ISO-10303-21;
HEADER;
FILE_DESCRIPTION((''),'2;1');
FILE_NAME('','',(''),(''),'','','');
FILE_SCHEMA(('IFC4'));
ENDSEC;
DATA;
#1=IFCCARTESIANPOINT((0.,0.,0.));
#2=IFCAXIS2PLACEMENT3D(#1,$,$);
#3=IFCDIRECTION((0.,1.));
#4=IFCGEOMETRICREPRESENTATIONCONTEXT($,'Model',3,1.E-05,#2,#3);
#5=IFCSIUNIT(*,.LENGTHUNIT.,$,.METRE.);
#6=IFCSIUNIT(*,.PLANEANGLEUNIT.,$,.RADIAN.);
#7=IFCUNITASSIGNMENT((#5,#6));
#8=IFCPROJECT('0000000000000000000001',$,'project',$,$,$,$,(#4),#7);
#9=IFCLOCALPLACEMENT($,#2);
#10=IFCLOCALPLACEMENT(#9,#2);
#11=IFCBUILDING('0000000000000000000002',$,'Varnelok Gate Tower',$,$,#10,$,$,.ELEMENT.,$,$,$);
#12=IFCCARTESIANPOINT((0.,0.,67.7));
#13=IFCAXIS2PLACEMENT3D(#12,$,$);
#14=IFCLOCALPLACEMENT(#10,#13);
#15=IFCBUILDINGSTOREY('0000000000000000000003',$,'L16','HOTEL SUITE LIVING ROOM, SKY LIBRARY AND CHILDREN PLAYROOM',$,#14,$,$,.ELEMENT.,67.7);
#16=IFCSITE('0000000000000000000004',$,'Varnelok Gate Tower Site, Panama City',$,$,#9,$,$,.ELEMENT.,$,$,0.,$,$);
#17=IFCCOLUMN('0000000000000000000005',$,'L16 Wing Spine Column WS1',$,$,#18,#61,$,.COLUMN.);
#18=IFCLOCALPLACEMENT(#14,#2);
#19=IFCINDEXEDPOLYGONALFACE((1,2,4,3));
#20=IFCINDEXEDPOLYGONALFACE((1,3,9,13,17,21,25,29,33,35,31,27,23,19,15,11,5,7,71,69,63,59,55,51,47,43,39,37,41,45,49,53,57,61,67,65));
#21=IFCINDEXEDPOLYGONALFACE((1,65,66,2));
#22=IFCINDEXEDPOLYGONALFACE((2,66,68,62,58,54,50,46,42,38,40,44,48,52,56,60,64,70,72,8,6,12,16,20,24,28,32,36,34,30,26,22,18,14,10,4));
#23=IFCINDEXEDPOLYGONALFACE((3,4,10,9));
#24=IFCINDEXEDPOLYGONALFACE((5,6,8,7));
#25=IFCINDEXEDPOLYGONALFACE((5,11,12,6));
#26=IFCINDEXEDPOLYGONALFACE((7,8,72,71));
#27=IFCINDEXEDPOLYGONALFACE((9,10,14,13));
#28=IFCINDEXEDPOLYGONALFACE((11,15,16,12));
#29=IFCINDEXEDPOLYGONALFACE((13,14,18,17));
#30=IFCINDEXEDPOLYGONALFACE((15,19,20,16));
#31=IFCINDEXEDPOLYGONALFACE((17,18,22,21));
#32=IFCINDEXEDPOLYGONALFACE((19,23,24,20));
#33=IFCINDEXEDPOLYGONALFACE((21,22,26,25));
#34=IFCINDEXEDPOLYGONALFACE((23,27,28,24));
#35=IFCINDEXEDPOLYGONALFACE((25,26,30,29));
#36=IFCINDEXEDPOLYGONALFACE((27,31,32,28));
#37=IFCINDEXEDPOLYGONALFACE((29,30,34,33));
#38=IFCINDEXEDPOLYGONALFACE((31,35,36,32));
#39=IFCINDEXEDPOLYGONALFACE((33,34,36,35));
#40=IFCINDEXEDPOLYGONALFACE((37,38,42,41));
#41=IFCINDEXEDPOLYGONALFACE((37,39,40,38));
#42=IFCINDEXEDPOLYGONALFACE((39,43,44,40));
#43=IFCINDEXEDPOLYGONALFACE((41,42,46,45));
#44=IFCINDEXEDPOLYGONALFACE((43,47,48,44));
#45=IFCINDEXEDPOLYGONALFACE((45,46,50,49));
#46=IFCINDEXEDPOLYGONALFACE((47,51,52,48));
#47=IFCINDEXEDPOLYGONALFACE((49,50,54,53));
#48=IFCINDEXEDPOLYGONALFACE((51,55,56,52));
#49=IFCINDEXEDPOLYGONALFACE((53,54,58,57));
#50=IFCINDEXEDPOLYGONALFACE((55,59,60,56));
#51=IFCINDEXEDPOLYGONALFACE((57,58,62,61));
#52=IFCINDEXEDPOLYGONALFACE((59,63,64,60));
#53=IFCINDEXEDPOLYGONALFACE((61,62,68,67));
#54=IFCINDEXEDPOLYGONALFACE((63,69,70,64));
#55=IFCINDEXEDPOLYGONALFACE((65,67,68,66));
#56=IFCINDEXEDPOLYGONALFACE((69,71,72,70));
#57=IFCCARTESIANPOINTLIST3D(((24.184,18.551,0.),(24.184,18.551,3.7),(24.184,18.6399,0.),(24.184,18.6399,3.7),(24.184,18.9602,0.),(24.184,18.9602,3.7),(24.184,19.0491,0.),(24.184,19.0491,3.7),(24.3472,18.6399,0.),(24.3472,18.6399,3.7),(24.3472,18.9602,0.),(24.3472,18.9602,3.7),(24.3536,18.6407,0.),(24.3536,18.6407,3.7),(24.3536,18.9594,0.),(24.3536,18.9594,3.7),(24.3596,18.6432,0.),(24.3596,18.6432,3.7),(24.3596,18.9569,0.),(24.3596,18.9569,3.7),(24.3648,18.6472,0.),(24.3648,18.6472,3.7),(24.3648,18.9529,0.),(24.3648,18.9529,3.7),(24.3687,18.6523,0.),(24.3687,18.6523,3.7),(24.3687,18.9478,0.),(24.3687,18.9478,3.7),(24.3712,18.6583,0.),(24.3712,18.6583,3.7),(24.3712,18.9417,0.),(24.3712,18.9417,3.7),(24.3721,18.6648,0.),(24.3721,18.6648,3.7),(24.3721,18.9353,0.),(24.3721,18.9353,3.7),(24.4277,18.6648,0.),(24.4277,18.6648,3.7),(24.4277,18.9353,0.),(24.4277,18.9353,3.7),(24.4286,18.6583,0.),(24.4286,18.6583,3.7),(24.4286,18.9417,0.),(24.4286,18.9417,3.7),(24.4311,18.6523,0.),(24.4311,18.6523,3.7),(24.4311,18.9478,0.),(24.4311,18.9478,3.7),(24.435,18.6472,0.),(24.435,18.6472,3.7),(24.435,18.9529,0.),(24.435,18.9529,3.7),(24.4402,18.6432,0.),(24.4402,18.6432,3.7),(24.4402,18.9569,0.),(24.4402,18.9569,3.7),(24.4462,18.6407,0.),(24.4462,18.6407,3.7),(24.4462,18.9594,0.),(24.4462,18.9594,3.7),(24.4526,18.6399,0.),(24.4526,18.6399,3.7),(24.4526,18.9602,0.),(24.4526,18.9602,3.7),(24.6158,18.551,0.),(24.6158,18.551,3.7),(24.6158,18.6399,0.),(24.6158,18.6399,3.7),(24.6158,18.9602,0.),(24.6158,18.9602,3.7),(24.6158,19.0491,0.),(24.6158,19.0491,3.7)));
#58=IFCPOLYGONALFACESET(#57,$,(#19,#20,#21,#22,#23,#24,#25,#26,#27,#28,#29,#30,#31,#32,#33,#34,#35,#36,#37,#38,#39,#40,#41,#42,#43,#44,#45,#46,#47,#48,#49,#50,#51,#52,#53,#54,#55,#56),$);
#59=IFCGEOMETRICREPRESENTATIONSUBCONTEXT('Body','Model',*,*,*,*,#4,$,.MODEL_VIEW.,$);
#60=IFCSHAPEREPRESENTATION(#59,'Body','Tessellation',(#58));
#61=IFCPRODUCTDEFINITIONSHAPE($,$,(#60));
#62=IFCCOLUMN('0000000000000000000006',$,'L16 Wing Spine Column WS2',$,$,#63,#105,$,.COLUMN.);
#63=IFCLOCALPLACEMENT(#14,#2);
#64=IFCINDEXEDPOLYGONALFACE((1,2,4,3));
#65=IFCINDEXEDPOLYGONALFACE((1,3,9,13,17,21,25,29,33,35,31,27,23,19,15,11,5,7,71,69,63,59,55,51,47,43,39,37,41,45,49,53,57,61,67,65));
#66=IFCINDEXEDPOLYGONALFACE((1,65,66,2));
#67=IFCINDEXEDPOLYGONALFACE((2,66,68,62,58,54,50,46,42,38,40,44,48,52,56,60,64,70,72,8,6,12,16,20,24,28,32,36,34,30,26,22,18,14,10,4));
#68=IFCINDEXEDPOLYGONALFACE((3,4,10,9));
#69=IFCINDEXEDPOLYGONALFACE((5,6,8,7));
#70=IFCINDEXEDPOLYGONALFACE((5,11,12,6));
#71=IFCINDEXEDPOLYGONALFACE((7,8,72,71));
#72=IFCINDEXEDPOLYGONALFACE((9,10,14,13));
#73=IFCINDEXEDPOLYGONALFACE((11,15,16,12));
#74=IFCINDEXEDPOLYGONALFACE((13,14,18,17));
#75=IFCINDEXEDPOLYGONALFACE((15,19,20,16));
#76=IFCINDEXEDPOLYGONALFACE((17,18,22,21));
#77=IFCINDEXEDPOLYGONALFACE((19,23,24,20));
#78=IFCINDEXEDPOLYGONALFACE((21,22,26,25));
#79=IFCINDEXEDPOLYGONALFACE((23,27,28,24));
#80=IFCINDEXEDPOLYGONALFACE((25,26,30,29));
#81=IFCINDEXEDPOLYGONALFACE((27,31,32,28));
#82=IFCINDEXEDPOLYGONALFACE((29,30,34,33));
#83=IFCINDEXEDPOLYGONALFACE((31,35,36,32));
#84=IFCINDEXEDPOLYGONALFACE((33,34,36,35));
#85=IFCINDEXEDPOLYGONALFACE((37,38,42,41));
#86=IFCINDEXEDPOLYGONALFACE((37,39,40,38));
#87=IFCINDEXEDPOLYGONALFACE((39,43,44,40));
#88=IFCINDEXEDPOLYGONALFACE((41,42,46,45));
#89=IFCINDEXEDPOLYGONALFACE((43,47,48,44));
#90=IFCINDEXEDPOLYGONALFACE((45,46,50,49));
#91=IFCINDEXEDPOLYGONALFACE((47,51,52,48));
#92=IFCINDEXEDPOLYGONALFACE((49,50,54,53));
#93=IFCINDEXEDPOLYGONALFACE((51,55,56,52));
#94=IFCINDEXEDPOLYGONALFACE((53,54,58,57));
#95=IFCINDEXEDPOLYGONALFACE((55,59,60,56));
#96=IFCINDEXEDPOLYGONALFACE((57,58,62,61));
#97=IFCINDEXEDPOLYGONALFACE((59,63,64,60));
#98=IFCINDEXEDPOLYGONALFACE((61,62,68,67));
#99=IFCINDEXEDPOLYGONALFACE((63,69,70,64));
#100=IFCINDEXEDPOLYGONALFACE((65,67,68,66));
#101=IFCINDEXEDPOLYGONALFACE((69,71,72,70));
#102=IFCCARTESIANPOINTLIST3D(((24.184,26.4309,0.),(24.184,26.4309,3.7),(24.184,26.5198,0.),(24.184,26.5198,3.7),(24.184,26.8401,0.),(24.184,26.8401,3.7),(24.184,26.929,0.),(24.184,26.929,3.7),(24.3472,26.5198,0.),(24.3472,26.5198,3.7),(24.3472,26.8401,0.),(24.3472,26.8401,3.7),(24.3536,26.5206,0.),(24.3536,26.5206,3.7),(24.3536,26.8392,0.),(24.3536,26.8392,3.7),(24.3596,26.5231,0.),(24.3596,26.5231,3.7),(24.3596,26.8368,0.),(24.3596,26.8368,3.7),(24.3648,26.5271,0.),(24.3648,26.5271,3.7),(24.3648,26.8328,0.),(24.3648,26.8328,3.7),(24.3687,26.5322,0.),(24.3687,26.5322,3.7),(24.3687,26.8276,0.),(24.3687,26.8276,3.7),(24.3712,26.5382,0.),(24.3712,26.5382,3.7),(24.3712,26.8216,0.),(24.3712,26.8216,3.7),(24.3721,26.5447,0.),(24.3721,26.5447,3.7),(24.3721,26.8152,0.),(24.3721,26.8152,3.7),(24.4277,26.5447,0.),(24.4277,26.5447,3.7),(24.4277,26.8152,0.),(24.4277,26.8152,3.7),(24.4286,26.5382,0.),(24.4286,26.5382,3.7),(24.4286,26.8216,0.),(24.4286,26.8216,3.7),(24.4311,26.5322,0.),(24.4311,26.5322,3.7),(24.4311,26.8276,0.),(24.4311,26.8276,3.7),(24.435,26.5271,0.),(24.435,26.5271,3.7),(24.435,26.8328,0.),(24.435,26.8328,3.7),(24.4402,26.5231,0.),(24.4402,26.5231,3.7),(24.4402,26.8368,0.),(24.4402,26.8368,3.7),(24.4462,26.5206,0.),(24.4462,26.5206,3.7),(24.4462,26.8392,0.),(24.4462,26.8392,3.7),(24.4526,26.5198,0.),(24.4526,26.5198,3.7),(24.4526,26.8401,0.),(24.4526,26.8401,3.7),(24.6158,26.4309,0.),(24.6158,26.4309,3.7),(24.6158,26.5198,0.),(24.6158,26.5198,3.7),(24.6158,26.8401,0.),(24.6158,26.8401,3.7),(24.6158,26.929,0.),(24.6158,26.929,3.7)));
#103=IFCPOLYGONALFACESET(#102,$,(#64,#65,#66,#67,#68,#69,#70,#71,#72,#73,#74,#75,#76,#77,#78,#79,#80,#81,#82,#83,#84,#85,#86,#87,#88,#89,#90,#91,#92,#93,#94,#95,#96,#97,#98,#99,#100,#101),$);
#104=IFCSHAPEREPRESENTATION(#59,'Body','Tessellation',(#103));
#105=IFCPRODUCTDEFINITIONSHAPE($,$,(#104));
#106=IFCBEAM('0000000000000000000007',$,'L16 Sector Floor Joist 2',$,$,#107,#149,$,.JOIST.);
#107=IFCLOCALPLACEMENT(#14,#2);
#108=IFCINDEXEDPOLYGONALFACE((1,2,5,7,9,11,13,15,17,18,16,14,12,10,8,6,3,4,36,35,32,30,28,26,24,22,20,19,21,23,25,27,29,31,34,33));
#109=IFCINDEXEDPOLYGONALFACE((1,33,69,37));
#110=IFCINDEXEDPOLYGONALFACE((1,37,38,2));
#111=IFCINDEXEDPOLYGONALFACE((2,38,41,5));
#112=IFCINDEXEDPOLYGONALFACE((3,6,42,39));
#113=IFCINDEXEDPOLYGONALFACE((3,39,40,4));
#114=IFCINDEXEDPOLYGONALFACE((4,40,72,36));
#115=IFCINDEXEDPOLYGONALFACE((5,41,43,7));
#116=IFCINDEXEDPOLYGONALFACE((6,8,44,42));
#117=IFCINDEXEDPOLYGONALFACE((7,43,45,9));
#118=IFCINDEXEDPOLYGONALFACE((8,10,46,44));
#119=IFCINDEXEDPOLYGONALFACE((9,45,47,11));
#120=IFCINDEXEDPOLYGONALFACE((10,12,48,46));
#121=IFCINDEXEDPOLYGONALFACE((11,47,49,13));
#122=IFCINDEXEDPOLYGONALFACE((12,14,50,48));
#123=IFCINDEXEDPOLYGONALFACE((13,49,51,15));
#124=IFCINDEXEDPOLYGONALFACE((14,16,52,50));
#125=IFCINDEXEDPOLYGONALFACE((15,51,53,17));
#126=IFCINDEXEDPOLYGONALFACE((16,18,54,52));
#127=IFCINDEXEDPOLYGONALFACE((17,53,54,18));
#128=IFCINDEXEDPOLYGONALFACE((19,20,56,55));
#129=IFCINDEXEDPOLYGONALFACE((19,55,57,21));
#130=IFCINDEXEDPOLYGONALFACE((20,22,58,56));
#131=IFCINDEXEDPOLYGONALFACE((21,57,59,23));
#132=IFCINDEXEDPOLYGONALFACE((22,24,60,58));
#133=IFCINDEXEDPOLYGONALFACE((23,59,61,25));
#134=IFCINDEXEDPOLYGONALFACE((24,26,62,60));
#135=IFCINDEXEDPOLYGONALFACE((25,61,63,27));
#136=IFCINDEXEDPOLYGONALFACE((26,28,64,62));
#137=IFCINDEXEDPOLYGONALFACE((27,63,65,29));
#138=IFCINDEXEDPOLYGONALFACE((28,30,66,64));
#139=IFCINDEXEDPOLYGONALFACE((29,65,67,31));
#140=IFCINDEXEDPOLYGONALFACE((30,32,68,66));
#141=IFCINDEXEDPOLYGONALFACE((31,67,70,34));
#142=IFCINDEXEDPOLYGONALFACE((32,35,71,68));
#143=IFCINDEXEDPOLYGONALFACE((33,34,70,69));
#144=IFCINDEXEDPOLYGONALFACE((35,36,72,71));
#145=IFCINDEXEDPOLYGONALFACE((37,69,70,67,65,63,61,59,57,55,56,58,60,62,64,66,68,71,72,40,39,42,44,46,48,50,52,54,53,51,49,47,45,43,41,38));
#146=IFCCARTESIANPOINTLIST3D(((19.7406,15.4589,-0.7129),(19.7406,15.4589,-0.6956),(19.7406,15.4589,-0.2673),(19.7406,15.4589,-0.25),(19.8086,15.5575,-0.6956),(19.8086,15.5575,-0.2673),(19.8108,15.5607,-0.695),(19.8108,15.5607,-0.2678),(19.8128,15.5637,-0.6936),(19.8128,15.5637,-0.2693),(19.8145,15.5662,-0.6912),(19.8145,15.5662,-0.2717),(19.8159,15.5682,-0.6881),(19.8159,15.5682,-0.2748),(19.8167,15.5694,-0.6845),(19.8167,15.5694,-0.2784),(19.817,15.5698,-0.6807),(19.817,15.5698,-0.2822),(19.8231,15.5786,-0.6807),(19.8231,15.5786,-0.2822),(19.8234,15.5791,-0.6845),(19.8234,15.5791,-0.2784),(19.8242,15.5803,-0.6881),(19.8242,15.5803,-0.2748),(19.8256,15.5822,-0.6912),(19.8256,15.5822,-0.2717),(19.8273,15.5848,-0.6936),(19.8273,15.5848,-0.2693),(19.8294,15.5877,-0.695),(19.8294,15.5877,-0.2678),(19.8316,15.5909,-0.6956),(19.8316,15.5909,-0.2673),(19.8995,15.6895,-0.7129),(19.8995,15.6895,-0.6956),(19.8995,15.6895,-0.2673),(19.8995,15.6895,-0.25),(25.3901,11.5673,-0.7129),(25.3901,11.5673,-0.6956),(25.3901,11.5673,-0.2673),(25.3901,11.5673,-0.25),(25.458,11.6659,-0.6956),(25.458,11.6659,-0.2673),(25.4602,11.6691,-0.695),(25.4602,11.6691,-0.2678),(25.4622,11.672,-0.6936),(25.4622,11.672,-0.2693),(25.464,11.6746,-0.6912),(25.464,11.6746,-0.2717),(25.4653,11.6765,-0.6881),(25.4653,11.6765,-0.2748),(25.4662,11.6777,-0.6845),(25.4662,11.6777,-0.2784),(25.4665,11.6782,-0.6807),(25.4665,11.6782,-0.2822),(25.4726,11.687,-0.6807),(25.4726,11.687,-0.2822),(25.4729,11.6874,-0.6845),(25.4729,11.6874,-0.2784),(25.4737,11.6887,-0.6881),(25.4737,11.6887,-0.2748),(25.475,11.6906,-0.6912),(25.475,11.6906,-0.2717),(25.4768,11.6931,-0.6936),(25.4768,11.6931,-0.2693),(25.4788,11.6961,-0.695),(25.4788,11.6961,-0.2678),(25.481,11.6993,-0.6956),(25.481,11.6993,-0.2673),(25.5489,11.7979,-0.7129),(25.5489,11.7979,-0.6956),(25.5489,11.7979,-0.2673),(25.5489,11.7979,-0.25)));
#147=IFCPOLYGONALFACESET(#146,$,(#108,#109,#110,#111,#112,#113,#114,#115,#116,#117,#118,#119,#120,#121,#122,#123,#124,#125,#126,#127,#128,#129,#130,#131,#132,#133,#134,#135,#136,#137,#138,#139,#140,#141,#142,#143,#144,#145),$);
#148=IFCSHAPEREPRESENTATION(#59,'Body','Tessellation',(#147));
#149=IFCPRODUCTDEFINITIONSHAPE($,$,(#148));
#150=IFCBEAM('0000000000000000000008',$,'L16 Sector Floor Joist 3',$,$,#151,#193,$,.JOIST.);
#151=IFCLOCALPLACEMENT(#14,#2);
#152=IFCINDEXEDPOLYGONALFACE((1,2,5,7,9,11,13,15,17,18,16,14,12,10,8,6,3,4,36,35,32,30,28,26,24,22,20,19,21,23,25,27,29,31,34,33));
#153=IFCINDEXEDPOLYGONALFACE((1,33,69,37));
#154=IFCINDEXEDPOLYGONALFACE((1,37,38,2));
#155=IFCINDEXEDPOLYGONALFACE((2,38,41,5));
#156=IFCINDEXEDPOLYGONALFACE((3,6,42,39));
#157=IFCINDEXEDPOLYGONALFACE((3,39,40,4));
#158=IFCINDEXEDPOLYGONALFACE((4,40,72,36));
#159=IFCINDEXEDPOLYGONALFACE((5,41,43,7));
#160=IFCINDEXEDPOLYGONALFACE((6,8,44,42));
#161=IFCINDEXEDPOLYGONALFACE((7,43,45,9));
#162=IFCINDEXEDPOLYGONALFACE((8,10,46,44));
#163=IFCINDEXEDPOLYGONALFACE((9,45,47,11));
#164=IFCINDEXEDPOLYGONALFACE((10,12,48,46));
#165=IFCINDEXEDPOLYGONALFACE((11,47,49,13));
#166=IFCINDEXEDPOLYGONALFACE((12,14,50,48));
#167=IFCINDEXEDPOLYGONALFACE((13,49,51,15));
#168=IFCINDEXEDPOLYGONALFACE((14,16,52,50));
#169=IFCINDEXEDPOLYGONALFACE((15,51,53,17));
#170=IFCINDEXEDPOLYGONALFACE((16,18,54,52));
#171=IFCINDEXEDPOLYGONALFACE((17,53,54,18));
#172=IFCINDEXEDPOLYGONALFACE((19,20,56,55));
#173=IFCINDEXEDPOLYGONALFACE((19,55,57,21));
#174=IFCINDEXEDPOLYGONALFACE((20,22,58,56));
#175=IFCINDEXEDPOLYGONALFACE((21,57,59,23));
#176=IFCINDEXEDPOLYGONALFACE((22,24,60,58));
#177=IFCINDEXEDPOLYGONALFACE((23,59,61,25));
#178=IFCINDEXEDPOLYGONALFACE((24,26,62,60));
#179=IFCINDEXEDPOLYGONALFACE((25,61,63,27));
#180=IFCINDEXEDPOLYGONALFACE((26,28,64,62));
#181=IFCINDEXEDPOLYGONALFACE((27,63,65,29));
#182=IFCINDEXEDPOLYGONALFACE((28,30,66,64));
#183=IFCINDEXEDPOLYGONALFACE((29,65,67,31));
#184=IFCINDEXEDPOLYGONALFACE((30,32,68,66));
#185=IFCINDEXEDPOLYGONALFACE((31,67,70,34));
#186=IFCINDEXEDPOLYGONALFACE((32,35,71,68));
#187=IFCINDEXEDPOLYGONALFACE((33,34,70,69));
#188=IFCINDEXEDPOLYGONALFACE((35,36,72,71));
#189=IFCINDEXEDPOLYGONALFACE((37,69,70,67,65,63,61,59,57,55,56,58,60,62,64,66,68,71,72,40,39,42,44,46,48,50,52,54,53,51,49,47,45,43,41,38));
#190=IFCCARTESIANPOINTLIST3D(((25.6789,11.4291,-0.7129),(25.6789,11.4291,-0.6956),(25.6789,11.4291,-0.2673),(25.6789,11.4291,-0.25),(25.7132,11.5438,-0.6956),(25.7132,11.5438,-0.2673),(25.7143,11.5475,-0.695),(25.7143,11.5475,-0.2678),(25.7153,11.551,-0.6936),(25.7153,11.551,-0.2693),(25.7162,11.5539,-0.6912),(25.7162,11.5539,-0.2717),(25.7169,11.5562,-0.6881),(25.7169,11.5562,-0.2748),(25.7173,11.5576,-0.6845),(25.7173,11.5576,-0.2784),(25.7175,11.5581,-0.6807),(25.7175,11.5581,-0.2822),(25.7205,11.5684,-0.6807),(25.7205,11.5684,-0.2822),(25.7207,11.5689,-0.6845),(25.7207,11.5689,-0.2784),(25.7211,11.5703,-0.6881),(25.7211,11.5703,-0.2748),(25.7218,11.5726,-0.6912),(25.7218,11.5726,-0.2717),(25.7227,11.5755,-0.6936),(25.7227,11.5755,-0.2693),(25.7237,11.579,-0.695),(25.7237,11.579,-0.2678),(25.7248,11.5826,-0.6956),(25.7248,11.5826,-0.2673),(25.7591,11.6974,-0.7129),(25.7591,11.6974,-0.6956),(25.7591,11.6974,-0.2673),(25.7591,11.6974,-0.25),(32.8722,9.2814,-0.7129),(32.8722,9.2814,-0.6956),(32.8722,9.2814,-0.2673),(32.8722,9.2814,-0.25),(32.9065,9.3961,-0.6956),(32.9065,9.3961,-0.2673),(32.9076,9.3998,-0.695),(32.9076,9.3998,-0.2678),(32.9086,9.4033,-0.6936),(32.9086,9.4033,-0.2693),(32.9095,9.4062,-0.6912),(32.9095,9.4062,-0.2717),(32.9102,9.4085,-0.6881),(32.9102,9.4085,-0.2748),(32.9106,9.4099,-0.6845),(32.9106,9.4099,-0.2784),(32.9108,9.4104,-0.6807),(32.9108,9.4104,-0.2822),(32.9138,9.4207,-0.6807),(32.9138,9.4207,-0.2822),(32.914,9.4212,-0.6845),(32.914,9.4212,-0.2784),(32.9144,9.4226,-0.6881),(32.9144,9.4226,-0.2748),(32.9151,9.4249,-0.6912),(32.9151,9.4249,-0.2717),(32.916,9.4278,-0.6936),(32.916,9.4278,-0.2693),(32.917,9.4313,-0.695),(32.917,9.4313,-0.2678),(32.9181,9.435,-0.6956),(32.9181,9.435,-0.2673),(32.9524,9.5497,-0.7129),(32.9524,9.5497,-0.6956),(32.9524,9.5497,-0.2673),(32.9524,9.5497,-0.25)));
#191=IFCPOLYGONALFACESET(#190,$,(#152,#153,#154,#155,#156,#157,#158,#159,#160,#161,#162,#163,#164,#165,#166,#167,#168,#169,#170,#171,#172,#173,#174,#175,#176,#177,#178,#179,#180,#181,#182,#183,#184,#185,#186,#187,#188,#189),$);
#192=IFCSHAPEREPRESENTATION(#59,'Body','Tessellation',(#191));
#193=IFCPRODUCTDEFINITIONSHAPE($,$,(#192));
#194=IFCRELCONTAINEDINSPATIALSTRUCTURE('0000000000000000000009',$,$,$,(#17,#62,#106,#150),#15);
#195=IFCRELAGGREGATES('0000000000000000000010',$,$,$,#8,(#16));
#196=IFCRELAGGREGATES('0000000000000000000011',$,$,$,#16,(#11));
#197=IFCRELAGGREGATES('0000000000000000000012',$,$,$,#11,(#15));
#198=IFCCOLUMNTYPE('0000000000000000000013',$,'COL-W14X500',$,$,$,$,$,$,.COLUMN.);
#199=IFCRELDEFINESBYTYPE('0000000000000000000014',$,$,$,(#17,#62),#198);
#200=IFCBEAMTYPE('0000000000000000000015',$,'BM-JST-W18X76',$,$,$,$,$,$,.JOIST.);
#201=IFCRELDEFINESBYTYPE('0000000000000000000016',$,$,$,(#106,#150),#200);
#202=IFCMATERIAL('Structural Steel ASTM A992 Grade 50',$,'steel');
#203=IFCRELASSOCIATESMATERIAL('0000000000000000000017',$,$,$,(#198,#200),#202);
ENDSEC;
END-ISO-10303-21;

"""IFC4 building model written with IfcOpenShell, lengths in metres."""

from ifc_helpers import new_model, si_unit, direction, frame, origin, origin_2d, place, context, subcontext, project, spatial, i_section, extrude, material, material_profile, profile_set, type_object, element, save


model = new_model("IFC4")

# Units and contexts
model_context = context("Model", 3, precision=1e-05, world=origin(), true_north=direction((0.0, 1.0)))
body_context = subcontext(model_context, "Body", "Model", "MODEL_VIEW")
ifc_project = project(units=[si_unit("LENGTHUNIT", "METRE"), si_unit("PLANEANGLEUNIT", "RADIAN")], contexts=[model_context])

# Site, building, storey
site_placement = place(None, origin())
site = spatial("IfcSite", under=ifc_project, at=site_placement, Name="Varnelok Gate Tower Site, Panama City", CompositionType="ELEMENT", RefElevation=0.0)
building_placement = place(site_placement, origin())
building = spatial("IfcBuilding", under=site, at=building_placement, Name="Varnelok Gate Tower", CompositionType="ELEMENT")
storey_placement = place(building_placement, frame((0.0, 0.0, 67.7)))
storey = spatial("IfcBuildingStorey", under=building, at=storey_placement, Name="L16", Description="HOTEL SUITE LIVING ROOM, SKY LIBRARY AND CHILDREN PLAYROOM", CompositionType="ELEMENT", Elevation=67.7)

# Columns
ifc_material_1 = material(Name="Structural Steel ASTM A992 Grade 50", Category="steel")
ifc_material_profile_1 = material_profile(ifc_material_1, i_section(OverallWidth=0.4319, OverallDepth=0.498, WebThickness=0.0557, FlangeThickness=0.0889, FilletRadius=0.0249, at=origin_2d()), Name="W14X500")
ifc_profile_set_1 = profile_set([ifc_material_profile_1], Name="Structural Steel ASTM A992 Grade 50")
column_type = type_object("IfcColumnType", Name="COL-W14X500", PredefinedType="COLUMN", material=ifc_profile_set_1)
for number, where, z_axis, x_axis, name in (
    (1, (24.3999, 18.8, 0.0), (0.0, 0.0, 1.0), (1.0, 0.0, 0.0), "L16 Wing Spine Column WS1"),
    (2, (24.3999, 26.6799, 0.0), (0.0, 0.0, 1.0), (1.0, 0.0, 0.0), "L16 Wing Spine Column WS2"),
):
    element("IfcColumn", number, at=place(storey_placement, frame(where, z_axis=z_axis, x_axis=x_axis)), inside=storey, type_object=column_type, Name=name, PredefinedType="COLUMN", context=body_context, shape_type="SweptSolid", body=[
        extrude(i_section(OverallWidth=0.4319, OverallDepth=0.498, WebThickness=0.0557, FlangeThickness=0.0889, FilletRadius=0.0249, at=origin_2d()), origin(), (0.0, 0.0, 1.0), 3.7),
    ])

# Beams
ifc_material_profile_2 = material_profile(ifc_material_1, i_section(OverallWidth=0.28, OverallDepth=0.4629, WebThickness=0.0107, FlangeThickness=0.0173, FilletRadius=0.0149, at=origin_2d()), Name="W18X76")
ifc_profile_set_2 = profile_set([ifc_material_profile_2], Name="Structural Steel ASTM A992 Grade 50")
beam_type_1 = type_object("IfcBeamType", Name="BM-JST-W18X76", PredefinedType="JOIST", material=ifc_profile_set_2)
beam_1_placement = place(storey_placement, frame((19.8201, 15.5742, -0.4814), z_axis=(0.823522, -0.567284, 0.0), x_axis=(0.567284, 0.823522, 0.0)))
element("IfcBeam", 3, at=beam_1_placement, inside=storey, type_object=beam_type_1, Name="L16 Sector Floor Joist 2", PredefinedType="JOIST", context=body_context, shape_type="SweptSolid", body=[
    extrude(i_section(OverallWidth=0.28, OverallDepth=0.4629, WebThickness=0.0107, FlangeThickness=0.0173, FilletRadius=0.0149, at=origin_2d()), origin(), (0.0, 0.0, 1.0), 6.8601),
])
beam_2_placement = place(storey_placement, frame((25.719, 11.5632, -0.4814), z_axis=(0.958203, -0.286089, 0.0), x_axis=(0.286089, 0.958203, 0.0)))
element("IfcBeam", 4, at=beam_2_placement, inside=storey, type_object=beam_type_1, Name="L16 Sector Floor Joist 3", PredefinedType="JOIST", context=body_context, shape_type="SweptSolid", body=[
    extrude(i_section(OverallWidth=0.28, OverallDepth=0.4629, WebThickness=0.0107, FlangeThickness=0.0173, FilletRadius=0.0149, at=origin_2d()), origin(), (0.0, 0.0, 1.0), 7.5071),
])

save(model, "model.ifc")
